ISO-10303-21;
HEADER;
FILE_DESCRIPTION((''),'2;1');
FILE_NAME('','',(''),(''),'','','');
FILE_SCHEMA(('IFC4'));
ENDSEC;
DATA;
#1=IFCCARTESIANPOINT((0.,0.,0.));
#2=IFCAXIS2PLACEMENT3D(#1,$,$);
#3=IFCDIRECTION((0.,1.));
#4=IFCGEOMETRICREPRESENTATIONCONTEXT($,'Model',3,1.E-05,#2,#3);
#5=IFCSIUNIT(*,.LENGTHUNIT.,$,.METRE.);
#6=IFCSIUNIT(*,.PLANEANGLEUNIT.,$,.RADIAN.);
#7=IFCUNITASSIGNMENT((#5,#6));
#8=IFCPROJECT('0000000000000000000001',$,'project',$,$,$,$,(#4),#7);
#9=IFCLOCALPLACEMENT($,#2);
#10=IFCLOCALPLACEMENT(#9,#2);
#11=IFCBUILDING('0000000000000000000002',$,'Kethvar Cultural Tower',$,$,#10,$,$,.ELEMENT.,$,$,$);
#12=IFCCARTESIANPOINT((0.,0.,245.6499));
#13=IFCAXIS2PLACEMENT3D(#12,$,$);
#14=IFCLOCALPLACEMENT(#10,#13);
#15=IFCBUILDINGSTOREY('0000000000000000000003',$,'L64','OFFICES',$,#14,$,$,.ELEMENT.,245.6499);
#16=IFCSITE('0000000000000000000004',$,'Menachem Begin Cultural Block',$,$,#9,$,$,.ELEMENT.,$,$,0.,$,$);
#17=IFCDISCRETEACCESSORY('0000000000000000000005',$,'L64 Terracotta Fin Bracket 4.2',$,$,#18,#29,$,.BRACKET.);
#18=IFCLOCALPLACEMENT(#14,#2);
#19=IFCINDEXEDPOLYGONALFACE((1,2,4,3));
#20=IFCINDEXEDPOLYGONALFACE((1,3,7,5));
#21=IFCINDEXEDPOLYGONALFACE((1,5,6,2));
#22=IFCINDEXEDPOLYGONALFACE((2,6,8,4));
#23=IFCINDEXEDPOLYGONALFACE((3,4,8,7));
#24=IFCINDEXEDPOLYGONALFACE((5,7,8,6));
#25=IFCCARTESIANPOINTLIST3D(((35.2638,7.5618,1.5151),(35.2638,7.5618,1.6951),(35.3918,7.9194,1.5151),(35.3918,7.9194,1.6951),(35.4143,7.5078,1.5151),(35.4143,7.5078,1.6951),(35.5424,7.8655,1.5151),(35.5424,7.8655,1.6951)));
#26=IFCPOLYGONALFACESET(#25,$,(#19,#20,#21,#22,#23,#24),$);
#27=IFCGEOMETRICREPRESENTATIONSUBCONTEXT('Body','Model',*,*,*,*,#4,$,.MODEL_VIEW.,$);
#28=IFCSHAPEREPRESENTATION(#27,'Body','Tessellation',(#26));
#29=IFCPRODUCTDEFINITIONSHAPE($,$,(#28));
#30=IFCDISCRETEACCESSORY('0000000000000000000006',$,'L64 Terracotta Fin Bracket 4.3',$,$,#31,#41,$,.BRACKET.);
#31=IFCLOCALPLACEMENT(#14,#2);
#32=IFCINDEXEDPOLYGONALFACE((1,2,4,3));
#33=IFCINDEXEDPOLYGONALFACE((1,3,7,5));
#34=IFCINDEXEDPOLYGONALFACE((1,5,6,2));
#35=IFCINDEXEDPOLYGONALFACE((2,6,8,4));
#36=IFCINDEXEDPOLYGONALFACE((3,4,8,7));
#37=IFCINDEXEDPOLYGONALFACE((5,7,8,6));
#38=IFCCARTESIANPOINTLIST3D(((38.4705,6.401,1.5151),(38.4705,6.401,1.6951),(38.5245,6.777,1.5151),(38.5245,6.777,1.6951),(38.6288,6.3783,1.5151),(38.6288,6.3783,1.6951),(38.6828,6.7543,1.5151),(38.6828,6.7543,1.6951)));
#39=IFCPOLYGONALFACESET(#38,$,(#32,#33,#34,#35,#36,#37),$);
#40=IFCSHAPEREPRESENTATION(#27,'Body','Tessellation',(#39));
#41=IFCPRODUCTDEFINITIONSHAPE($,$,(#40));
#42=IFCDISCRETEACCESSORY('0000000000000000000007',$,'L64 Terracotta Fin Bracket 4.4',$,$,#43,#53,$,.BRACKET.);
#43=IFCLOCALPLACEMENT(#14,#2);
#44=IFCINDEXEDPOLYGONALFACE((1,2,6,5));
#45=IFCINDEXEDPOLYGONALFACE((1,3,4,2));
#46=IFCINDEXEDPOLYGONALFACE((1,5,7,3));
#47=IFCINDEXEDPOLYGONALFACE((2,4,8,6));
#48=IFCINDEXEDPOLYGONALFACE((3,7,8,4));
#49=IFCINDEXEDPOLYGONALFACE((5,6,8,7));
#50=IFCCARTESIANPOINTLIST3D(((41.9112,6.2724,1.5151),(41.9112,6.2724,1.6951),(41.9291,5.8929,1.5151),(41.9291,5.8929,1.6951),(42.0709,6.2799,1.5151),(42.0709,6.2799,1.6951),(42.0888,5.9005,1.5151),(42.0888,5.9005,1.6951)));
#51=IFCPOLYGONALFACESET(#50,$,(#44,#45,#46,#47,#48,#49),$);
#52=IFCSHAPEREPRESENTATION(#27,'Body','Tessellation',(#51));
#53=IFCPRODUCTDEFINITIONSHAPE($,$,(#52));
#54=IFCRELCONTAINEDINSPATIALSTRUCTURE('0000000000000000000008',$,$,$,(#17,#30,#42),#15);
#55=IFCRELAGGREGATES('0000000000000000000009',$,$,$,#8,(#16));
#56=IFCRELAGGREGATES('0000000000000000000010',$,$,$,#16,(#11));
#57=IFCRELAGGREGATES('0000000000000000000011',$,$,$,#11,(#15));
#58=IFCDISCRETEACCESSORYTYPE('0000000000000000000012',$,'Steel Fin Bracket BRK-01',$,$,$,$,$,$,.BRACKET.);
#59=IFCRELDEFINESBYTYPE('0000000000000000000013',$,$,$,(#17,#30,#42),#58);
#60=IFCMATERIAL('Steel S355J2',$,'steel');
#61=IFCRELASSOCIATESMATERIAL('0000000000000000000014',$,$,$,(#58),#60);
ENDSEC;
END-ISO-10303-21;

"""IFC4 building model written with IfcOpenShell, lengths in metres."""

from ifc_helpers import new_model, si_unit, direction, frame, origin, origin_2d, place, context, subcontext, project, spatial, rectangle, extrude, source, transform, mapped, material, type_object, element, save


model = new_model("IFC4")

# Units and contexts
model_context = context("Model", 3, precision=1e-05, world=origin(), true_north=direction((0.0, 1.0)))
body_context = subcontext(model_context, "Body", "Model", "MODEL_VIEW")
ifc_project = project(units=[si_unit("LENGTHUNIT", "METRE"), si_unit("PLANEANGLEUNIT", "RADIAN")], contexts=[model_context])

# Site, building, storey
site_placement = place(None, origin())
site = spatial("IfcSite", under=ifc_project, at=site_placement, Name="Menachem Begin Cultural Block", CompositionType="ELEMENT", RefElevation=0.0)
building_placement = place(site_placement, origin())
building = spatial("IfcBuilding", under=site, at=building_placement, Name="Kethvar Cultural Tower", CompositionType="ELEMENT")
storey_placement = place(building_placement, frame((0.0, 0.0, 245.6499)))
storey = spatial("IfcBuildingStorey", under=building, at=storey_placement, Name="L64", Description="OFFICES", CompositionType="ELEMENT", Elevation=245.6499)

# Shared definitions
ifc_material_1 = material(Name="Steel S355J2", Category="steel")

# Discrete accessories
discrete_accessory_type = type_object("IfcDiscreteAccessoryType", Name="Steel Fin Bracket BRK-01", PredefinedType="BRACKET", material=ifc_material_1)
shared_shape_1 = source(origin(), body_context, "Body", "SweptSolid", [
    extrude(rectangle(XDim=0.3799, YDim=0.1599, at=origin_2d()), origin(), (0.0, 0.0, 1.0), 0.1799),
])
for number, where, z_axis, x_axis, name in (
    (1, (35.4031, 7.7136, 1.5151), (0.0, 0.0, 1.0), (-0.337095, -0.941471, 0.0), "L64 Terracotta Fin Bracket 4.2"),
    (2, (38.5767, 6.5776, 1.5151), (0.0, 0.0, 1.0), (-0.142111, -0.989851, 0.0), "L64 Terracotta Fin Bracket 4.3"),
    (3, (42.0, 6.0864, 1.5151), (0.0, 0.0, 1.0), (0.047106, -0.99889, 0.0), "L64 Terracotta Fin Bracket 4.4"),
):
    element("IfcDiscreteAccessory", number, at=place(storey_placement, frame(where, z_axis=z_axis, x_axis=x_axis)), inside=storey, type_object=discrete_accessory_type, Name=name, PredefinedType="BRACKET", context=body_context, shape_type="MappedRepresentation", body=[
        mapped(shared_shape_1, transform((0.0, 0.0, 0.0), scale=1.0)),
    ])

save(model, "model.ifc")
